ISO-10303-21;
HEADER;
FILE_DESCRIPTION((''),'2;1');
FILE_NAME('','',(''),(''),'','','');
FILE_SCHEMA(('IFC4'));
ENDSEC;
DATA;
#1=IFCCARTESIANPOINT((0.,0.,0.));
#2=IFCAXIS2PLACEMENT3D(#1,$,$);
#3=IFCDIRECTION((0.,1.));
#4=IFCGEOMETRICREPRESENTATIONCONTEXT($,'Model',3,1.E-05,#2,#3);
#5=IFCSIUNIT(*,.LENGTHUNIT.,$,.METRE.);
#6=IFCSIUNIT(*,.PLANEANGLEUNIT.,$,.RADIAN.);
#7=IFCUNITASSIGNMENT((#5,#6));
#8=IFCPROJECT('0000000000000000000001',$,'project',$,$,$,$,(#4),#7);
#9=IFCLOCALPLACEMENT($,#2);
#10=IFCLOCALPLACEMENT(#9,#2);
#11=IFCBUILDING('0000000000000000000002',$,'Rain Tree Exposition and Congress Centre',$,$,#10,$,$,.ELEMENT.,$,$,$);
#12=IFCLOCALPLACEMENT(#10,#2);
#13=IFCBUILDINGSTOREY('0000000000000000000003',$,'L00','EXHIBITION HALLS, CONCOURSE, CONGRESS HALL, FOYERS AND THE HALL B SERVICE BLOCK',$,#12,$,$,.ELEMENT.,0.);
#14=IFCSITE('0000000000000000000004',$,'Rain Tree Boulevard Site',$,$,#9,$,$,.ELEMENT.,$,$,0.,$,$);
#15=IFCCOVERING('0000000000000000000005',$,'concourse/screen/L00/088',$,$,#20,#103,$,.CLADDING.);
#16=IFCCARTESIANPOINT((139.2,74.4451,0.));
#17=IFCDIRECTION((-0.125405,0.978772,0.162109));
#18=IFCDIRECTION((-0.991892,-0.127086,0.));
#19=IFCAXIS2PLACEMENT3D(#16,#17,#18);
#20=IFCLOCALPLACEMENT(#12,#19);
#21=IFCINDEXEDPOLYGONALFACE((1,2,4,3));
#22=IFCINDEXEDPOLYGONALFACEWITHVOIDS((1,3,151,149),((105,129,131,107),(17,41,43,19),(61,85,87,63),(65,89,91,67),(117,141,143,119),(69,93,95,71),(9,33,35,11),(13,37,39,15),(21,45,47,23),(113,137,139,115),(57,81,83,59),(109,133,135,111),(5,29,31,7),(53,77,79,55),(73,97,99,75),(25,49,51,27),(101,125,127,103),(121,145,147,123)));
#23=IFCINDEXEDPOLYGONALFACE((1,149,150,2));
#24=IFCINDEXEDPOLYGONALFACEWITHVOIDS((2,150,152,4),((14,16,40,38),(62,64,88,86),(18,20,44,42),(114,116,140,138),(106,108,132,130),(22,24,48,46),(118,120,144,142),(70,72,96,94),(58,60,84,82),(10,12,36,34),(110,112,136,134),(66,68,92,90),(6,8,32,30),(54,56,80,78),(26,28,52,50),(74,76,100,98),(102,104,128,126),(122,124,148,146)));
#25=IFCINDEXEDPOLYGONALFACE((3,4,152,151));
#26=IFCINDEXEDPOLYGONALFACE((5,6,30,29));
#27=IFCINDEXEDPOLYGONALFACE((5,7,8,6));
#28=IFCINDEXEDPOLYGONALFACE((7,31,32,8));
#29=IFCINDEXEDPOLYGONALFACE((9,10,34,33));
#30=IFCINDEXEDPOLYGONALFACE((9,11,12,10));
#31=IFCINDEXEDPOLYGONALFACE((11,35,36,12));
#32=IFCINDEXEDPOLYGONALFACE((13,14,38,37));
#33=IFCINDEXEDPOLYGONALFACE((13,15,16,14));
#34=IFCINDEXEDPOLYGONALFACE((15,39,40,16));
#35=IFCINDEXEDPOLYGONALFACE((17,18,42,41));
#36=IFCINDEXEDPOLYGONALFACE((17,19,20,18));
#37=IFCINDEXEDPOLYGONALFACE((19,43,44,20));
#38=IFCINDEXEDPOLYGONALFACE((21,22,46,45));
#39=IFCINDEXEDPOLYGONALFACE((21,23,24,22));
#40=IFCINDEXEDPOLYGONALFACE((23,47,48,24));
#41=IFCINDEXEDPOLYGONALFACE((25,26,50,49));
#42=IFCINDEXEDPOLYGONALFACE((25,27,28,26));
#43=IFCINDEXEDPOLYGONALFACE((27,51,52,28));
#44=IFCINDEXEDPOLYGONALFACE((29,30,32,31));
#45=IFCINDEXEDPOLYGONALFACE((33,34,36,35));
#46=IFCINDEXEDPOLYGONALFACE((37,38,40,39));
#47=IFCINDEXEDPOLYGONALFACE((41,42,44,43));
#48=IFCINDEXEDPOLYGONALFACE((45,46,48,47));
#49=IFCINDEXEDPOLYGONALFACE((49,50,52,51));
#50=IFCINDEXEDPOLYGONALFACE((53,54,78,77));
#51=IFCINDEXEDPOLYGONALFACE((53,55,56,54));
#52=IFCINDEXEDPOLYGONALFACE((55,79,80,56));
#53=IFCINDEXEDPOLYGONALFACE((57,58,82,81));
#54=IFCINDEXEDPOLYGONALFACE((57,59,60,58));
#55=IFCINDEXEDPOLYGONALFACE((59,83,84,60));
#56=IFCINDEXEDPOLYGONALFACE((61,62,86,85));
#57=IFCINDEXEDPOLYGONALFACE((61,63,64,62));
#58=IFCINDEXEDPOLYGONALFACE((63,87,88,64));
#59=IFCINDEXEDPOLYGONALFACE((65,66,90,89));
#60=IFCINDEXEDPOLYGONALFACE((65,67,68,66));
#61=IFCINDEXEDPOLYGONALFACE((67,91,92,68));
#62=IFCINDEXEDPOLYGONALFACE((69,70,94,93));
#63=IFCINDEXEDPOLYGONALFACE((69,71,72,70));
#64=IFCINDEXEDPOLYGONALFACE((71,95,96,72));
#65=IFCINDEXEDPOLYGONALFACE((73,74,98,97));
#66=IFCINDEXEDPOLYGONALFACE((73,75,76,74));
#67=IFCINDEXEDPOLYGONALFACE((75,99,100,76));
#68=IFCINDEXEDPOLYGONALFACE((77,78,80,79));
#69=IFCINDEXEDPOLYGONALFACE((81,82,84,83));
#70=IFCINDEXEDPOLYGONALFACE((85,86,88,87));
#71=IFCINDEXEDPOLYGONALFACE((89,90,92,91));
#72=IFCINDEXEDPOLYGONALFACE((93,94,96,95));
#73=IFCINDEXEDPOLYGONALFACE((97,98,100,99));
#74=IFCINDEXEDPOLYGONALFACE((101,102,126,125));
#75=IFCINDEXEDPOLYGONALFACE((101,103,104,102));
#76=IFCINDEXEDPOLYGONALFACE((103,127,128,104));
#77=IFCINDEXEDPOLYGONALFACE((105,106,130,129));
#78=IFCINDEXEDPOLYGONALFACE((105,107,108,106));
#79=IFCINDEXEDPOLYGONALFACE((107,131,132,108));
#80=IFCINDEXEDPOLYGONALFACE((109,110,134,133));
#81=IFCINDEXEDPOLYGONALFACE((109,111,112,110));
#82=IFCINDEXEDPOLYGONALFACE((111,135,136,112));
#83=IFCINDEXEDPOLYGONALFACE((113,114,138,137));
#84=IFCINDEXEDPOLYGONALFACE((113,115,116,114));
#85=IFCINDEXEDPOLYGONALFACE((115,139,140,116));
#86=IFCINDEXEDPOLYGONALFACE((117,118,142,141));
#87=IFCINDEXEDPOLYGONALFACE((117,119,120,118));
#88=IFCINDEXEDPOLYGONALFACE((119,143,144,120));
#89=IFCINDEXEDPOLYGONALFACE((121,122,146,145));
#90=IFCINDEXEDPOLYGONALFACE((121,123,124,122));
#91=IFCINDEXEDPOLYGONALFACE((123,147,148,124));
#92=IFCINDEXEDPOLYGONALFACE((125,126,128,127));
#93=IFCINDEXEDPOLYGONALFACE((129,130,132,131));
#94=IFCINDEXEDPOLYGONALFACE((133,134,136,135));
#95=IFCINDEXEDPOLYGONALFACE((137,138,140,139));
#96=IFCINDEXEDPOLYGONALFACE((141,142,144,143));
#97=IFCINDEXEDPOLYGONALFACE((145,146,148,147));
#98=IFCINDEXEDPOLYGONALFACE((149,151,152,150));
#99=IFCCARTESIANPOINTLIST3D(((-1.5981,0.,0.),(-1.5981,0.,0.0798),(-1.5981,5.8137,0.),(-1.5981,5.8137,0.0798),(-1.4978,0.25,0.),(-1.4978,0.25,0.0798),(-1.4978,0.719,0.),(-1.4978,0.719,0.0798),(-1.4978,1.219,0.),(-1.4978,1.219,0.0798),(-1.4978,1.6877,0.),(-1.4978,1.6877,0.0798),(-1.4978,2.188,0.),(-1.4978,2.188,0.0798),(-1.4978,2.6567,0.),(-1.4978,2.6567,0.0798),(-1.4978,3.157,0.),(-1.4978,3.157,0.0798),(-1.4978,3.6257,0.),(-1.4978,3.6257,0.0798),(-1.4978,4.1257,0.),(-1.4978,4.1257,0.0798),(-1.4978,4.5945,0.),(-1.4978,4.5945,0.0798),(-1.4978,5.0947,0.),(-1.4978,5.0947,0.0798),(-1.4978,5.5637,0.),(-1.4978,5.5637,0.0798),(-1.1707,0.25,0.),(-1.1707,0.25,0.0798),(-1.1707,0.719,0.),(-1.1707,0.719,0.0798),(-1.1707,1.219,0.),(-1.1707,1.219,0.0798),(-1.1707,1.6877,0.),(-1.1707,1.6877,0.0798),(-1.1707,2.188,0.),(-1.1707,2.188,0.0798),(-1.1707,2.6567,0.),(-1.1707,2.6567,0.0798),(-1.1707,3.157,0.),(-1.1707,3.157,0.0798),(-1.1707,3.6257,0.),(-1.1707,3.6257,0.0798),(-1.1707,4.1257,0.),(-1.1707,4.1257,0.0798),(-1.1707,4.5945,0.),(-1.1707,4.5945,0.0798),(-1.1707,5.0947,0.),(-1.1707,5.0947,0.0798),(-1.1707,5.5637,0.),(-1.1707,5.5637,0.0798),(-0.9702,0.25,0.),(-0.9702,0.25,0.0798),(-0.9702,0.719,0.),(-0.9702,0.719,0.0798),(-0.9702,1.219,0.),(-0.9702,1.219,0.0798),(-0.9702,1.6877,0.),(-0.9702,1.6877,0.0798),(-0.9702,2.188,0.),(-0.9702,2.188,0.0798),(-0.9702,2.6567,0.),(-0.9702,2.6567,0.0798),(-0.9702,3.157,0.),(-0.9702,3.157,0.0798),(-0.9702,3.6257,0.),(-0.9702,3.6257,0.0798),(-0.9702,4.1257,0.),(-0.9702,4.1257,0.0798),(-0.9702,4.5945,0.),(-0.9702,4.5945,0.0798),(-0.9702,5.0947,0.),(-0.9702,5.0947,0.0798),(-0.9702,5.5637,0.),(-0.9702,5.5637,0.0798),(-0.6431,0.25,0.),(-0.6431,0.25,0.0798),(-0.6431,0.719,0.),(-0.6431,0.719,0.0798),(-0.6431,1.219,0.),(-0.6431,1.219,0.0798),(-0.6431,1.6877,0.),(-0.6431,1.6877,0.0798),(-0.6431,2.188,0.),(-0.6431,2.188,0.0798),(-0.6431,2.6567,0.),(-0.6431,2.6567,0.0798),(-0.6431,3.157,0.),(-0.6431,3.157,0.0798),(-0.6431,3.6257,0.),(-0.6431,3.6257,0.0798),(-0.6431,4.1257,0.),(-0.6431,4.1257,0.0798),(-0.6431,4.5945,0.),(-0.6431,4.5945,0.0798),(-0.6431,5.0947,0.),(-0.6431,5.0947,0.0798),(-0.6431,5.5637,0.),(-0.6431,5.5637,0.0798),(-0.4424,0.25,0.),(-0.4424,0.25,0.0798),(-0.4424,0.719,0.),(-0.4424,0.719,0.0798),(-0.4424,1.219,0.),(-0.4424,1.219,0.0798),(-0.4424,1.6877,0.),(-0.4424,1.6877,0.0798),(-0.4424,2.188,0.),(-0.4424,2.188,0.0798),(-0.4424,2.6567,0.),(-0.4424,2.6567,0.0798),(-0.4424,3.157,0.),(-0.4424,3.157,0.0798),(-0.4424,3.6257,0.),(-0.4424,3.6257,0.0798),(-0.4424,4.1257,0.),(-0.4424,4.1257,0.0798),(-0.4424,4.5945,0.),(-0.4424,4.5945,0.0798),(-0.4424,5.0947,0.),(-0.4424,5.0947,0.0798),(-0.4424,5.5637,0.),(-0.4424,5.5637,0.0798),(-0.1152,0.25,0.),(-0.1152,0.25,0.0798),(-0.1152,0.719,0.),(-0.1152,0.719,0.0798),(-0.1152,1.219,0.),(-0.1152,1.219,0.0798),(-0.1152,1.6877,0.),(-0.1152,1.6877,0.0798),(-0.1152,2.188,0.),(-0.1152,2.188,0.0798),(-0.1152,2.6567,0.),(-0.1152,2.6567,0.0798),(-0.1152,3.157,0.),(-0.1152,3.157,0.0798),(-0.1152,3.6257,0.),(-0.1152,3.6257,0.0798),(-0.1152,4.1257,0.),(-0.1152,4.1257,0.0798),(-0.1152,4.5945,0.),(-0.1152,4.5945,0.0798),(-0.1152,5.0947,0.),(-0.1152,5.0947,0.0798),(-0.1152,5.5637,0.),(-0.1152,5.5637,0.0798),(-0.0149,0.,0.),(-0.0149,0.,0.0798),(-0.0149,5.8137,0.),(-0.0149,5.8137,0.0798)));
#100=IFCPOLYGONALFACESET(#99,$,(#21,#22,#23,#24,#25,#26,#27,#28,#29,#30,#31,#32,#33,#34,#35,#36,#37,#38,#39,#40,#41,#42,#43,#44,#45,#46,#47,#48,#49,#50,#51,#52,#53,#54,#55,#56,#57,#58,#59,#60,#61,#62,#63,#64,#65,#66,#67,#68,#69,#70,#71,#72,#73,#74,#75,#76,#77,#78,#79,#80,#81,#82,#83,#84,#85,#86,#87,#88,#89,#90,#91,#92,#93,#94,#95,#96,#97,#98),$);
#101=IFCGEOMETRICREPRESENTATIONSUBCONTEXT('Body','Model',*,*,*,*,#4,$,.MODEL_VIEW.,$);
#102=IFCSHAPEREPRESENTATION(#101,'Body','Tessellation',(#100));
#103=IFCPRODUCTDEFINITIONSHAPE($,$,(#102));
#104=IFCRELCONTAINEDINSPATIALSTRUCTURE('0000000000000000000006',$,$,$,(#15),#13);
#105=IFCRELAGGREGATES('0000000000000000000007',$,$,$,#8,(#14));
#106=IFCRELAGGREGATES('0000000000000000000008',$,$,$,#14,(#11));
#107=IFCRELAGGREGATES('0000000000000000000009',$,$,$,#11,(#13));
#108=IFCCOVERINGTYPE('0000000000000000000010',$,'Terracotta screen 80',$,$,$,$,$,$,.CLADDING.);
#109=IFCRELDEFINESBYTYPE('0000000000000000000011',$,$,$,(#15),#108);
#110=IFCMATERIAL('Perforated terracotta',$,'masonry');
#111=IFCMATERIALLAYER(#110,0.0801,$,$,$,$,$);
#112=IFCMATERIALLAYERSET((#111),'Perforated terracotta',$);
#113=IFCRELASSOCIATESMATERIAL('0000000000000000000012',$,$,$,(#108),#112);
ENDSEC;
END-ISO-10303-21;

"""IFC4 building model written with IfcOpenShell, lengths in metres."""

from ifc_helpers import new_model, si_unit, direction, frame, origin, place, context, subcontext, project, spatial, polyline, outline, extrude, material, layer, layer_set, type_object, element, save


model = new_model("IFC4")

# Units and contexts
model_context = context("Model", 3, precision=1e-05, world=origin(), true_north=direction((0.0, 1.0)))
body_context = subcontext(model_context, "Body", "Model", "MODEL_VIEW")
ifc_project = project(units=[si_unit("LENGTHUNIT", "METRE"), si_unit("PLANEANGLEUNIT", "RADIAN")], contexts=[model_context])

# Site, building, storey
site_placement = place(None, origin())
site = spatial("IfcSite", under=ifc_project, at=site_placement, Name="Rain Tree Boulevard Site", CompositionType="ELEMENT", RefElevation=0.0)
building_placement = place(site_placement, origin())
building = spatial("IfcBuilding", under=site, at=building_placement, Name="Rain Tree Exposition and Congress Centre", CompositionType="ELEMENT")
storey_placement = place(building_placement, origin())
storey = spatial("IfcBuildingStorey", under=building, at=storey_placement, Name="L00", Description="EXHIBITION HALLS, CONCOURSE, CONGRESS HALL, FOYERS AND THE HALL B SERVICE BLOCK", CompositionType="ELEMENT", Elevation=0.0)

# Covering
ifc_material_1 = material(Name="Perforated terracotta", Category="masonry")
ifc_layer_1 = layer(ifc_material_1, 0.0801)
ifc_layer_set_1 = layer_set([ifc_layer_1], Name="Perforated terracotta")
covering_type = type_object("IfcCoveringType", Name="Terracotta screen 80", PredefinedType="CLADDING", material=ifc_layer_set_1)
covering_1_placement = place(storey_placement, frame((139.2, 74.4451, 0.0), z_axis=(-0.125405, 0.978772, 0.162109), x_axis=(-0.991892, -0.127086, 0.0)))
element("IfcCovering", 1, at=covering_1_placement, inside=storey, type_object=covering_type, Name="concourse/screen/L00/088", PredefinedType="CLADDING", context=body_context, shape_type="SweptSolid", body=[
    extrude(outline(polyline([(-0.0149, 0.0), (-1.5981, 0.0), (-1.5981, 5.8137), (-0.0149, 5.8137), (-0.0149, 0.0)]), holes=[polyline([(-0.1152, 0.25), (-0.1152, 0.719), (-0.4424, 0.719), (-0.4424, 0.25), (-0.1152, 0.25)]), polyline([(-0.1152, 1.219), (-0.1152, 1.6877), (-0.4424, 1.6877), (-0.4424, 1.219), (-0.1152, 1.219)]), polyline([(-0.1152, 2.188), (-0.1152, 2.6567), (-0.4424, 2.6567), (-0.4424, 2.188), (-0.1152, 2.188)]), polyline([(-0.1152, 3.157), (-0.1152, 3.6257), (-0.4424, 3.6257), (-0.4424, 3.157), (-0.1152, 3.157)]), polyline([(-0.1152, 4.1257), (-0.1152, 4.5945), (-0.4424, 4.5945), (-0.4424, 4.1257), (-0.1152, 4.1257)]), polyline([(-0.1152, 5.0947), (-0.1152, 5.5637), (-0.4424, 5.5637), (-0.4424, 5.0947), (-0.1152, 5.0947)]), polyline([(-0.6431, 0.25), (-0.6431, 0.719), (-0.9702, 0.719), (-0.9702, 0.25), (-0.6431, 0.25)]), polyline([(-0.6431, 1.219), (-0.6431, 1.6877), (-0.9702, 1.6877), (-0.9702, 1.219), (-0.6431, 1.219)]), polyline([(-0.6431, 2.188), (-0.6431, 2.6567), (-0.9702, 2.6567), (-0.9702, 2.188), (-0.6431, 2.188)]), polyline([(-0.6431, 3.157), (-0.6431, 3.6257), (-0.9702, 3.6257), (-0.9702, 3.157), (-0.6431, 3.157)]), polyline([(-0.6431, 4.1257), (-0.6431, 4.5945), (-0.9702, 4.5945), (-0.9702, 4.1257), (-0.6431, 4.1257)]), polyline([(-0.6431, 5.0947), (-0.6431, 5.5637), (-0.9702, 5.5637), (-0.9702, 5.0947), (-0.6431, 5.0947)]), polyline([(-1.1707, 0.25), (-1.1707, 0.719), (-1.4978, 0.719), (-1.4978, 0.25), (-1.1707, 0.25)]), polyline([(-1.1707, 1.219), (-1.1707, 1.6877), (-1.4978, 1.6877), (-1.4978, 1.219), (-1.1707, 1.219)]), polyline([(-1.1707, 2.188), (-1.1707, 2.6567), (-1.4978, 2.6567), (-1.4978, 2.188), (-1.1707, 2.188)]), polyline([(-1.1707, 3.157), (-1.1707, 3.6257), (-1.4978, 3.6257), (-1.4978, 3.157), (-1.1707, 3.157)]), polyline([(-1.1707, 4.1257), (-1.1707, 4.5945), (-1.4978, 4.5945), (-1.4978, 4.1257), (-1.1707, 4.1257)]), polyline([(-1.1707, 5.0947), (-1.1707, 5.5637), (-1.4978, 5.5637), (-1.4978, 5.0947), (-1.1707, 5.0947)])]), origin(), (0.0, 0.0, 1.0), 0.0798),
])

save(model, "model.ifc")
